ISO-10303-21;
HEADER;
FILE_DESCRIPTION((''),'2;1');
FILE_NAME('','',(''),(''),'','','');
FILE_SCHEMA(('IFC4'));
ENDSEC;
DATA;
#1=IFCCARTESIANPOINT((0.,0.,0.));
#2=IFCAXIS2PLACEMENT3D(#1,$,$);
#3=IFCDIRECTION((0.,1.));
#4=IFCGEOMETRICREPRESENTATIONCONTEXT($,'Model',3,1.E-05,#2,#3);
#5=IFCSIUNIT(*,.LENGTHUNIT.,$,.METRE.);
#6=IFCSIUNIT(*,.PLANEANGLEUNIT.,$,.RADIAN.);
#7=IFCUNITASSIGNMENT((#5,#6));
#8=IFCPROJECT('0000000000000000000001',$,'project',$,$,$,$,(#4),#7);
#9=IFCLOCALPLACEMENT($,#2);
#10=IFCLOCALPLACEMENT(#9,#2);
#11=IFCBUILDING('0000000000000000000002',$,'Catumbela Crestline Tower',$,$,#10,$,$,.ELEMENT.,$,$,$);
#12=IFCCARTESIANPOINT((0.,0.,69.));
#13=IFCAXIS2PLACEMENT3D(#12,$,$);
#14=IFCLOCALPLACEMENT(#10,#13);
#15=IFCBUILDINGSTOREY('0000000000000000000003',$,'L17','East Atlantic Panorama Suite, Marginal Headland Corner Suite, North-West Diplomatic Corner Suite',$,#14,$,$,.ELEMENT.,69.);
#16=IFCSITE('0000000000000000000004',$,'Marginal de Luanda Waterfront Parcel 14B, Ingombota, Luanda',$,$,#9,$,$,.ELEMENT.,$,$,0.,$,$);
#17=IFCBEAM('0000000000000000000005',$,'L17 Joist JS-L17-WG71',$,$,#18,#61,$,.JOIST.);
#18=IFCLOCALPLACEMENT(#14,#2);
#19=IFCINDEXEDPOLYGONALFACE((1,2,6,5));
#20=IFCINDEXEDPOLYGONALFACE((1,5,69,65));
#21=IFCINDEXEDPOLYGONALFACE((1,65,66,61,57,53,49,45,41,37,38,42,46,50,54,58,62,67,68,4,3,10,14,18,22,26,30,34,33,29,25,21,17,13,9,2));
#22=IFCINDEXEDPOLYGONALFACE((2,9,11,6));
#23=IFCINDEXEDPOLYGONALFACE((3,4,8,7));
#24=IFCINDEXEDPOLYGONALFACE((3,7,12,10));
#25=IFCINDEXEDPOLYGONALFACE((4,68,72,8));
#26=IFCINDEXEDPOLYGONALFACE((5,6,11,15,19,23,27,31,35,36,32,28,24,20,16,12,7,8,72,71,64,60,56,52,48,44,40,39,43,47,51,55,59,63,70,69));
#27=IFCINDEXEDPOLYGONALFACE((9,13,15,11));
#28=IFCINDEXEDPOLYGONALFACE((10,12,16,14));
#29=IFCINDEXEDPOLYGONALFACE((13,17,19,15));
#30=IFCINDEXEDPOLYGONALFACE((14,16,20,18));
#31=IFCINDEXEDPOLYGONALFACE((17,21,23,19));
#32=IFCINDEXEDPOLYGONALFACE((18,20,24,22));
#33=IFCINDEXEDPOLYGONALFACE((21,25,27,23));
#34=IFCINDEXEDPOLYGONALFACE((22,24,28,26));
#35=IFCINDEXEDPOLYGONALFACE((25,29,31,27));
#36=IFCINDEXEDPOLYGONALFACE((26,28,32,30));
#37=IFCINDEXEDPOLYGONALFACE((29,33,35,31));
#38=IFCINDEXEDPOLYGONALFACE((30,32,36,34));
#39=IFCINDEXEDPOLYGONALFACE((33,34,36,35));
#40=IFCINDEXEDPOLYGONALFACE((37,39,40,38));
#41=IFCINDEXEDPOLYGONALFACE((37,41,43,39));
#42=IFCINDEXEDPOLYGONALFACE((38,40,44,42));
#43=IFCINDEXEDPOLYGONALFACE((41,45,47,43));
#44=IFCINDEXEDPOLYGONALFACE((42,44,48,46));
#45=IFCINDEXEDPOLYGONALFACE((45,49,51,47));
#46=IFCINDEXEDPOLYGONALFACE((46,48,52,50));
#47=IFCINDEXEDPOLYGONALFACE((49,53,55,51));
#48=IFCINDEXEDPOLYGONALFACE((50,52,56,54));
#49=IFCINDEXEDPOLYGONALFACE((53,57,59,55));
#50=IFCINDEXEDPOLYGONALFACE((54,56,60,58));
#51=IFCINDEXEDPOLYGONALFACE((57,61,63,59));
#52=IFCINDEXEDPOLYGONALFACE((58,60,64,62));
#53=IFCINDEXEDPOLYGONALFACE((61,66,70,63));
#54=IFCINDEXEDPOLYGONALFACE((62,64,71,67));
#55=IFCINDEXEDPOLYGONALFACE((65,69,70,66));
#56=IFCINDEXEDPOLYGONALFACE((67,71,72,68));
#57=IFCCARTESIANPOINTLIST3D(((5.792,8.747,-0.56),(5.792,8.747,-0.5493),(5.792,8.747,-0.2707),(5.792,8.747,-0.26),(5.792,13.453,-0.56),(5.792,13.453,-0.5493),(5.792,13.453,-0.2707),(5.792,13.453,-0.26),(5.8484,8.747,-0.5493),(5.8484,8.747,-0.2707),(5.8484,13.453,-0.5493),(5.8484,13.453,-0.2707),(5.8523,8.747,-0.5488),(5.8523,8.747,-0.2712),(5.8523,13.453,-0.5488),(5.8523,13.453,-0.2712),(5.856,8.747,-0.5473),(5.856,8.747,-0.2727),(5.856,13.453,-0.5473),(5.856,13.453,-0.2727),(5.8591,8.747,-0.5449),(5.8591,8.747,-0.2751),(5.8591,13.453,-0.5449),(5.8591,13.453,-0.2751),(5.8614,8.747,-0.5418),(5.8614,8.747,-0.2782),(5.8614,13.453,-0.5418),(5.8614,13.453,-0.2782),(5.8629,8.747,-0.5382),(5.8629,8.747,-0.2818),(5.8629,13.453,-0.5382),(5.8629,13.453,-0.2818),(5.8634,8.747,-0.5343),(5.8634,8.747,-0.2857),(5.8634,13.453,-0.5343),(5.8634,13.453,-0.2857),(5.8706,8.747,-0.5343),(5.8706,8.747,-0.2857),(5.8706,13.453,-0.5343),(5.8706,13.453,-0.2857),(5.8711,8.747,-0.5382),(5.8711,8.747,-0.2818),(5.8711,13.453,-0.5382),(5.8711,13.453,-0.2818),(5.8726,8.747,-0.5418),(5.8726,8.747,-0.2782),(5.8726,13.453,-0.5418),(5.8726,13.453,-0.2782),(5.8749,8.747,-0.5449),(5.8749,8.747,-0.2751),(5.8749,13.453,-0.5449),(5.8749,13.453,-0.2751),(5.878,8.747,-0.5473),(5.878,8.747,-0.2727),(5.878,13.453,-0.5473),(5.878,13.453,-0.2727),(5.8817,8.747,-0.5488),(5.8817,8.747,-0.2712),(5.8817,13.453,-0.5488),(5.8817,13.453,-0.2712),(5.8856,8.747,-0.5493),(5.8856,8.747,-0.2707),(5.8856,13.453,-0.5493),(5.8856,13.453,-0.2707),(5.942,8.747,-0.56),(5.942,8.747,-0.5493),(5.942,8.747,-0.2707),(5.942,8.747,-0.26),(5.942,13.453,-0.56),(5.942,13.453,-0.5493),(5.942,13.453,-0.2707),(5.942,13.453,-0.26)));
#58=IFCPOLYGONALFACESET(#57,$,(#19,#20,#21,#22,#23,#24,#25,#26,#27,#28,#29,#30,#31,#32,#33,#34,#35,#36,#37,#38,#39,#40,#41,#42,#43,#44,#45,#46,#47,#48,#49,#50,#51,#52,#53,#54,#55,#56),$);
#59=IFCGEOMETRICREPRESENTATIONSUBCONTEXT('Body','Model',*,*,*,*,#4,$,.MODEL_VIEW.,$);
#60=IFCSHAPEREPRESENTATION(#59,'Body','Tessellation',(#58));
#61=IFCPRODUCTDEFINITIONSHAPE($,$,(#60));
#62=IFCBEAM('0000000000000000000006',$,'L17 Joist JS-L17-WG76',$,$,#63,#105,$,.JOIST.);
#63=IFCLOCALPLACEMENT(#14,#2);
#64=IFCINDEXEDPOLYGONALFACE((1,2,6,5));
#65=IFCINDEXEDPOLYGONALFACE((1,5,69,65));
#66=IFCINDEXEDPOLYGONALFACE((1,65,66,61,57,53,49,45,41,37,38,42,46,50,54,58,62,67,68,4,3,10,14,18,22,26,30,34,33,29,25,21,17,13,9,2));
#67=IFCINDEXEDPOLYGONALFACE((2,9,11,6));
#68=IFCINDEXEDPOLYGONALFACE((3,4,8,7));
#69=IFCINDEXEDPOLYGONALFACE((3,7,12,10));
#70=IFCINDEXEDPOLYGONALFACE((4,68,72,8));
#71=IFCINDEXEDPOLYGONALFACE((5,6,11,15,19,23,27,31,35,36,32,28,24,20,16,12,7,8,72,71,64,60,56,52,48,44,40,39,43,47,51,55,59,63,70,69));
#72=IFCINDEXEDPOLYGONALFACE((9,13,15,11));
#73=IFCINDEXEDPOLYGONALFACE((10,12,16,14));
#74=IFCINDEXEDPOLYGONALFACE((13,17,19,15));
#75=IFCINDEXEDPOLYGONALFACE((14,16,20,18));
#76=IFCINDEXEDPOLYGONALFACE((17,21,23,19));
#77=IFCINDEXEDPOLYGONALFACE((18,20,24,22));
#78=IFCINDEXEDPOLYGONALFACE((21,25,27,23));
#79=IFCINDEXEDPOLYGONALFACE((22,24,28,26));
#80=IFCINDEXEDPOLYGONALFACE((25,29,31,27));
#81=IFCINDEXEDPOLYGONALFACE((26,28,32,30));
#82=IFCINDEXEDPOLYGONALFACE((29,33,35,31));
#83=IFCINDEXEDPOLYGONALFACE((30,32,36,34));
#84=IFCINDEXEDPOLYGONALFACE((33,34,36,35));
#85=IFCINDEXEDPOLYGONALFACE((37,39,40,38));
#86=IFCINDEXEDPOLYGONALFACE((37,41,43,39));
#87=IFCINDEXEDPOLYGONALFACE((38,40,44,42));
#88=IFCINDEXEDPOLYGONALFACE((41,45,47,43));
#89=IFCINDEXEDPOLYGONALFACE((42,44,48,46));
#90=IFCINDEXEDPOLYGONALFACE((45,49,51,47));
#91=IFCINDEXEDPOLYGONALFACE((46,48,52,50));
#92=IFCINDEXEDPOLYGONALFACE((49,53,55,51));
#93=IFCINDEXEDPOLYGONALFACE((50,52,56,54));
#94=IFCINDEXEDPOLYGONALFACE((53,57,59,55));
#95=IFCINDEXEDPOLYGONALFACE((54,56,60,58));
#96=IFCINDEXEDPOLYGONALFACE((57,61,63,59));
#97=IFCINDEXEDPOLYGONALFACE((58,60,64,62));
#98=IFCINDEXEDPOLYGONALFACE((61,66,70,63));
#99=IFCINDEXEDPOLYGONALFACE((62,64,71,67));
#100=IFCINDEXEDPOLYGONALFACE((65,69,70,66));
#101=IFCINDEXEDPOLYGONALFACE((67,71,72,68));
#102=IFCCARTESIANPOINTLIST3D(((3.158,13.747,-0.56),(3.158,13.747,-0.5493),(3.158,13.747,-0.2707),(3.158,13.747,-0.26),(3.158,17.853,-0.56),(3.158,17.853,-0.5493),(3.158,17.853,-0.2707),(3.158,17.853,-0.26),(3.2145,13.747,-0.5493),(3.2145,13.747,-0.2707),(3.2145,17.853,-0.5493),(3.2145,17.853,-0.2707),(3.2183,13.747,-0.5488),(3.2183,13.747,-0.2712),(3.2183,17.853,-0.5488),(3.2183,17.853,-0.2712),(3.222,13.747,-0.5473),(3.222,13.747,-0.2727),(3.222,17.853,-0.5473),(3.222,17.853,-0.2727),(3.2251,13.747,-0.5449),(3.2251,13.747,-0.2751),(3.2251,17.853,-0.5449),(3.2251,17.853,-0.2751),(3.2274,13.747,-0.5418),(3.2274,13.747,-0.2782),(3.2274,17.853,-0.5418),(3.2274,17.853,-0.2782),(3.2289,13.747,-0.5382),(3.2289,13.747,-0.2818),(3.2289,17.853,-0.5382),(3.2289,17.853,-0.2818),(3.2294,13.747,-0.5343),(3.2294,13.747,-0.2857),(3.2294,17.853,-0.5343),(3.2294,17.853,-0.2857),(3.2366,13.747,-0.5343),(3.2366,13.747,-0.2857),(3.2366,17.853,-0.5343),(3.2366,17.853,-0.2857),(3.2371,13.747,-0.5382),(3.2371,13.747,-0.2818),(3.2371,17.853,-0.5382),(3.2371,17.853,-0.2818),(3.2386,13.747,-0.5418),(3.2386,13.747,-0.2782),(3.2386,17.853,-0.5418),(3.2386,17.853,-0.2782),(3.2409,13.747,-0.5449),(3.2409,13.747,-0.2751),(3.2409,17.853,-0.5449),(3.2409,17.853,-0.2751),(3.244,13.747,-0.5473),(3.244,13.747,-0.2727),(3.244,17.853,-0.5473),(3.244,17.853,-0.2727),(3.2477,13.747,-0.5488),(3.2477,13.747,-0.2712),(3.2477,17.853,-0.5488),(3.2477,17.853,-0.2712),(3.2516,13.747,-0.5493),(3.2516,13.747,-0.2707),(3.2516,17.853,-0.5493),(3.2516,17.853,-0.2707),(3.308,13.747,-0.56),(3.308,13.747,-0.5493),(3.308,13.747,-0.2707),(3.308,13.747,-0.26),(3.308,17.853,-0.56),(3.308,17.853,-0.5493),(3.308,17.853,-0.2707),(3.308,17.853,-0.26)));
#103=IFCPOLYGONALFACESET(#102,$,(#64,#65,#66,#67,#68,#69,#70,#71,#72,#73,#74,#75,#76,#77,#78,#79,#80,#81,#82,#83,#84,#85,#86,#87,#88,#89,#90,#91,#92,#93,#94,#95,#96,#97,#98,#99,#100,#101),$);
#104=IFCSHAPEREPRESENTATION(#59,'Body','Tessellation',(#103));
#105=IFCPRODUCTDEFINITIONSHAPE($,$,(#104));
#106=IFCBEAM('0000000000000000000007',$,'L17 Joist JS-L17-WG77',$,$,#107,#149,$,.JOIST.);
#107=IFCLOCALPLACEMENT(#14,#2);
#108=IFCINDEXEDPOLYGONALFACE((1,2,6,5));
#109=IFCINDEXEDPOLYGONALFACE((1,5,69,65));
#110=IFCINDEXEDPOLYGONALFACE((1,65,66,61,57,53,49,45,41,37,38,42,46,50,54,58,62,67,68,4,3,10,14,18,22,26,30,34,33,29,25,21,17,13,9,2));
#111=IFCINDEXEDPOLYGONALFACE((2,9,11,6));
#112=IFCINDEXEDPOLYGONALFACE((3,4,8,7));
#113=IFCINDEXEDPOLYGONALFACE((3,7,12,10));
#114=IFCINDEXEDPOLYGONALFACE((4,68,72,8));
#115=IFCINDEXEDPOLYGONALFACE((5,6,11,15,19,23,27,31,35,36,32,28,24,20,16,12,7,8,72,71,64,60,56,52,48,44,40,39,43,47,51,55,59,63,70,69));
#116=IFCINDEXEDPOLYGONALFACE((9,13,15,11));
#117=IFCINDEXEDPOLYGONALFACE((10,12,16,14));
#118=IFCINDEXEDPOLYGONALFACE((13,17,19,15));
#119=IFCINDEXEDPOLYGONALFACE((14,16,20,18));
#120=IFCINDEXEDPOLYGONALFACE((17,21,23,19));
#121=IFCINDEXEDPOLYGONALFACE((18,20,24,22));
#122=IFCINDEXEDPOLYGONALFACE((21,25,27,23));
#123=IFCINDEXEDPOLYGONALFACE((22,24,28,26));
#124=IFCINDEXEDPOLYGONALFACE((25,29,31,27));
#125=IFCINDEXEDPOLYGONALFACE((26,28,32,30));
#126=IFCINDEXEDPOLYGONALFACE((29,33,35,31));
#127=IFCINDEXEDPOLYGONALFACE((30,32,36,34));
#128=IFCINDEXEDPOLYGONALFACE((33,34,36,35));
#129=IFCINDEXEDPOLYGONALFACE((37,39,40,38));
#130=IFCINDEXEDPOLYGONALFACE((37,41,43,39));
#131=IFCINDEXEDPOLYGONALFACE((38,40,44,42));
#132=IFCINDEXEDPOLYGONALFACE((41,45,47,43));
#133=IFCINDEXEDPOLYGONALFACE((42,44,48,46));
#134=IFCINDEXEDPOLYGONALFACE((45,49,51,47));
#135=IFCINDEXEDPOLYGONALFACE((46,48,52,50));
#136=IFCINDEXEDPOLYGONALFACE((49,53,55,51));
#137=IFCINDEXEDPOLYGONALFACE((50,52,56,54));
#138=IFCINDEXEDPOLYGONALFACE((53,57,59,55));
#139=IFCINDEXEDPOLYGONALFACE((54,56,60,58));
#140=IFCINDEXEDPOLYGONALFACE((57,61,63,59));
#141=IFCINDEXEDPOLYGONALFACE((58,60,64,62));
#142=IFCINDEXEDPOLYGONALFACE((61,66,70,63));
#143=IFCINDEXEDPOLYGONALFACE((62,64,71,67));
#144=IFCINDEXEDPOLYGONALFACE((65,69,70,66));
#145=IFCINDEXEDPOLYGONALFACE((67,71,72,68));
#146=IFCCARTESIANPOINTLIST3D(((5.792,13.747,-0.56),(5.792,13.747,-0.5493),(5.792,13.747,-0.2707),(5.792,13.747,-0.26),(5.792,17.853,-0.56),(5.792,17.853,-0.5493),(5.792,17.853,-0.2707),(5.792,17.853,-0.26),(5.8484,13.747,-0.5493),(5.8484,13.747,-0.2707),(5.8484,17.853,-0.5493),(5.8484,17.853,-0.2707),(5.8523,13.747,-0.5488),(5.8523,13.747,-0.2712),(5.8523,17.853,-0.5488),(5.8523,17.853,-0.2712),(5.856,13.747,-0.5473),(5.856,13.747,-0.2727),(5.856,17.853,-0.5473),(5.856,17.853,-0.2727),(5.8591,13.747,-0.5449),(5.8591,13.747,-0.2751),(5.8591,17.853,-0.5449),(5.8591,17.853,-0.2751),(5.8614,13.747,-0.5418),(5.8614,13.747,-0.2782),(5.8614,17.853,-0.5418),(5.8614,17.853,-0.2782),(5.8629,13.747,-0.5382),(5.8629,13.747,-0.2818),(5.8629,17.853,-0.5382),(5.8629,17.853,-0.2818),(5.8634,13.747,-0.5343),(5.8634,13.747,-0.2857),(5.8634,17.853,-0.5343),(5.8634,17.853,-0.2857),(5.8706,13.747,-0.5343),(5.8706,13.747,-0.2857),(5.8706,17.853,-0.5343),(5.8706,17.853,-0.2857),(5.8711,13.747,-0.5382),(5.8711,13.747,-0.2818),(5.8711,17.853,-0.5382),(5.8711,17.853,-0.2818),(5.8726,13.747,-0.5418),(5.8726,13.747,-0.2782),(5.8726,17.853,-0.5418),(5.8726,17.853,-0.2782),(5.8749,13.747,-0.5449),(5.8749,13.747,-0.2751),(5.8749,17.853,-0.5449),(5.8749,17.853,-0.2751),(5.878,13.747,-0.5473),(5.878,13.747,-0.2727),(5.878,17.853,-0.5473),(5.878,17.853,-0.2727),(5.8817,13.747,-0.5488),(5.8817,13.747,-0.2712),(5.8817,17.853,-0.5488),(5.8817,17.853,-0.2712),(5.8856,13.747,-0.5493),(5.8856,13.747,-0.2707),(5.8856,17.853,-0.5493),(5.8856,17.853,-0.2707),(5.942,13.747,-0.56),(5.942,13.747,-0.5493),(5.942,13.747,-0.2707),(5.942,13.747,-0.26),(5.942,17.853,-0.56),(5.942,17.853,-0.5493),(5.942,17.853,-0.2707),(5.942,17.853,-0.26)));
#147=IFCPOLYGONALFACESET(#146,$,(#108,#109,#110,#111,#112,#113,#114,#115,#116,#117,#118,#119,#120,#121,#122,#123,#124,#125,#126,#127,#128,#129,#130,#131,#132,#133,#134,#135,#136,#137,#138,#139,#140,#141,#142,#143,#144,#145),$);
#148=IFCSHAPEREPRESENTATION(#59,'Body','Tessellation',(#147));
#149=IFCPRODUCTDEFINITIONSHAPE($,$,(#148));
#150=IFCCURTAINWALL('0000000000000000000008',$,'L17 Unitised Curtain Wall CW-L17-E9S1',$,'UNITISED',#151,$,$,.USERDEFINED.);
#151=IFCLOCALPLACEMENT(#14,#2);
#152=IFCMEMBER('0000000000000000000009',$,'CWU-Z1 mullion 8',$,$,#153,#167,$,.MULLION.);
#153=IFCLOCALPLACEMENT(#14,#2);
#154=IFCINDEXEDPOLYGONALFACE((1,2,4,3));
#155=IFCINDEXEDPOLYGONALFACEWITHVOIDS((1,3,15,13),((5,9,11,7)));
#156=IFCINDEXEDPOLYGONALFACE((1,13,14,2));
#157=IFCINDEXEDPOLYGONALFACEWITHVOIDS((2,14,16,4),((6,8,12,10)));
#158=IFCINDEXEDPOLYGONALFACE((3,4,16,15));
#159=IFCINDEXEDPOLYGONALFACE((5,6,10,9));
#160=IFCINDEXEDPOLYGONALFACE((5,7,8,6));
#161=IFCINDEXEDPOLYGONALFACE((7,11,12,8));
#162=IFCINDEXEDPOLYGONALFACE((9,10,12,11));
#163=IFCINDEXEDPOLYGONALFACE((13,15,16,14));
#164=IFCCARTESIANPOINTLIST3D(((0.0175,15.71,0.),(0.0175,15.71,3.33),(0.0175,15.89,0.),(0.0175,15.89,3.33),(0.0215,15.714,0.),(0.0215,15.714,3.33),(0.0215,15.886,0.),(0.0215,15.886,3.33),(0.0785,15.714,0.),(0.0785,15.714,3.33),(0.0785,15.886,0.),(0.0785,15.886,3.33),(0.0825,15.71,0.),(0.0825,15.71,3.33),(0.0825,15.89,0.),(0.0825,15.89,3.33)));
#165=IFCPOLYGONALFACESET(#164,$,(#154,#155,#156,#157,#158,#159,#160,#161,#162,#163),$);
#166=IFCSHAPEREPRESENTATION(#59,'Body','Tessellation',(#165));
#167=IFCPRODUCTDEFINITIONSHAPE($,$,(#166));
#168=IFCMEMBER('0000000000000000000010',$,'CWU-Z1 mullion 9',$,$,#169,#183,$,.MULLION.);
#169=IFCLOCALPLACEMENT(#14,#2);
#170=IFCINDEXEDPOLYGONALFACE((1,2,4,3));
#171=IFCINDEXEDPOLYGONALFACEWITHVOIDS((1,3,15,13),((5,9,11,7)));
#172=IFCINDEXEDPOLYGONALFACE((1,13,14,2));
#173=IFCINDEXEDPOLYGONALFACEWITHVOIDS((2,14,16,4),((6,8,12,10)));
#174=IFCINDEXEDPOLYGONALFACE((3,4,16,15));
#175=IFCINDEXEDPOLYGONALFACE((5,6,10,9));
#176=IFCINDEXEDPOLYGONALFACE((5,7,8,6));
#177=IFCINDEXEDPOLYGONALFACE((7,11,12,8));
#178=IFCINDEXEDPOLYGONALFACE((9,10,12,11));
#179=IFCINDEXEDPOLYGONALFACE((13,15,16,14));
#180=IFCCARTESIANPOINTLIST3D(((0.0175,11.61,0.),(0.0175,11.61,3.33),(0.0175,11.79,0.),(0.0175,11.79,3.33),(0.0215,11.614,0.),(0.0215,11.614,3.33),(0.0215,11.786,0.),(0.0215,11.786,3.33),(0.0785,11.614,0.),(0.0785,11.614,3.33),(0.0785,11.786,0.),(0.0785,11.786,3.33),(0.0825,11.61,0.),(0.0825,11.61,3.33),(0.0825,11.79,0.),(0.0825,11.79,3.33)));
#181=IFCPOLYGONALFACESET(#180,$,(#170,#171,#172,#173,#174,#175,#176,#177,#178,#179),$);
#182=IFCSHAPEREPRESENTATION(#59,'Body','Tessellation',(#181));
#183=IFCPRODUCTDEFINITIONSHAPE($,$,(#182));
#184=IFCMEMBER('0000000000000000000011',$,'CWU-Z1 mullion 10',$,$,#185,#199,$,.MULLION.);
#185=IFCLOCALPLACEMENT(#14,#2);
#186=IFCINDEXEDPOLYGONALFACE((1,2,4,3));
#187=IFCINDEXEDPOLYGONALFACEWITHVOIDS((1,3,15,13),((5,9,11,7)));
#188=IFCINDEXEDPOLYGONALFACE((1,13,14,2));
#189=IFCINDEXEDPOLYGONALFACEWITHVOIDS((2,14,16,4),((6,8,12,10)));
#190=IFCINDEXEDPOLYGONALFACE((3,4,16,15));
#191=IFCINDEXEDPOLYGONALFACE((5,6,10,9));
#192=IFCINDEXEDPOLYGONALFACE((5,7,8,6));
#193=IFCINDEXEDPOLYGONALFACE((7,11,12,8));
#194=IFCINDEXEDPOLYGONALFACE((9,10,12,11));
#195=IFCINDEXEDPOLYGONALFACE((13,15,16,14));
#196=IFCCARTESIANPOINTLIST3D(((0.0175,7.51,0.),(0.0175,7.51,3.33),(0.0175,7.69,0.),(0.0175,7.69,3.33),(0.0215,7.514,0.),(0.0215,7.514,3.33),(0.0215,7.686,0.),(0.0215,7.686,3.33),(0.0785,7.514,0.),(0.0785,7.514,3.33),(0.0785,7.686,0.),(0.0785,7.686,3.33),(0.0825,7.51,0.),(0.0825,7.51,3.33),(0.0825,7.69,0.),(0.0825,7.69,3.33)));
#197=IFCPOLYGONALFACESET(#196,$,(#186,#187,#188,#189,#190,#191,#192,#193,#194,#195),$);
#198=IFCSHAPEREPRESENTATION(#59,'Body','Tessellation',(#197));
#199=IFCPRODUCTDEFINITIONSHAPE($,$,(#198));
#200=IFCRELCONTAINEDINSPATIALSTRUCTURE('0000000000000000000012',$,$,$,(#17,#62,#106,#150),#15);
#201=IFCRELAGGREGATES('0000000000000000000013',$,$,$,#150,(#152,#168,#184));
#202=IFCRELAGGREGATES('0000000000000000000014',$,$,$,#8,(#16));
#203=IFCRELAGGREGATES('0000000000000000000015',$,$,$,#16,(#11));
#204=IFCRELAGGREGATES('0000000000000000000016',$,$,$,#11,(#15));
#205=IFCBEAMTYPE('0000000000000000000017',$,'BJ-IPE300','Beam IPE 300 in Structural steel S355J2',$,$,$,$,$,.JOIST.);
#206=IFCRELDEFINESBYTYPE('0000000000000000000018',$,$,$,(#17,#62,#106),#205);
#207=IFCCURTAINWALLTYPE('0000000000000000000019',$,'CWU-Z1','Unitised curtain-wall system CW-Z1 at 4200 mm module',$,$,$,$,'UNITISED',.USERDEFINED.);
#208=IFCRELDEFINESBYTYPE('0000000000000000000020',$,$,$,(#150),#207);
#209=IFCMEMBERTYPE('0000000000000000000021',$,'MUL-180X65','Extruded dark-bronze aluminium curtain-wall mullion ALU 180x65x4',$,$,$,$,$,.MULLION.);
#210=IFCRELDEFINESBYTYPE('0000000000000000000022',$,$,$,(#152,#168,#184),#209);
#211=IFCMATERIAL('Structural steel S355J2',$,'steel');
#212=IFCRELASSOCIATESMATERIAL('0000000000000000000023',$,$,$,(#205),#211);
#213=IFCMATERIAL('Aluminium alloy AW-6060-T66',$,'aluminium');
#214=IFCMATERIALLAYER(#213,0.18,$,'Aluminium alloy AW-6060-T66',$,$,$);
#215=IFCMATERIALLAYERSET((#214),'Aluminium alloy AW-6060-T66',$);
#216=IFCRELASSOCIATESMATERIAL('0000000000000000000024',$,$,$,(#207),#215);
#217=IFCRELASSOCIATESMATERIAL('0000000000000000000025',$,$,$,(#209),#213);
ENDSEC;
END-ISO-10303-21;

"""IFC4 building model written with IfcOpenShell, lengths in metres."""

from ifc_helpers import new_model, si_unit, direction, frame, origin, origin_2d, place, context, subcontext, project, spatial, hollow_rectangle, i_section, extrude, material, layer, layer_set, material_profile, profile_set, type_object, element, aggregate, save


model = new_model("IFC4")

# Units and contexts
model_context = context("Model", 3, precision=1e-05, world=origin(), true_north=direction((0.0, 1.0)))
body_context = subcontext(model_context, "Body", "Model", "MODEL_VIEW")
ifc_project = project(units=[si_unit("LENGTHUNIT", "METRE"), si_unit("PLANEANGLEUNIT", "RADIAN")], contexts=[model_context])

# Site, building, storey
site_placement = place(None, origin())
site = spatial("IfcSite", under=ifc_project, at=site_placement, Name="Marginal de Luanda Waterfront Parcel 14B, Ingombota, Luanda", CompositionType="ELEMENT", RefElevation=0.0)
building_placement = place(site_placement, origin())
building = spatial("IfcBuilding", under=site, at=building_placement, Name="Catumbela Crestline Tower", CompositionType="ELEMENT")
storey_placement = place(building_placement, frame((0.0, 0.0, 69.0)))
storey = spatial("IfcBuildingStorey", under=building, at=storey_placement, Name="L17", Description="East Atlantic Panorama Suite, Marginal Headland Corner Suite, North-West Diplomatic Corner Suite", CompositionType="ELEMENT", Elevation=69.0)

# Beams
ifc_material_1 = material(Name="Structural steel S355J2", Category="steel")
ifc_material_profile_1 = material_profile(ifc_material_1, i_section(OverallWidth=0.15, OverallDepth=0.3, WebThickness=0.0071, FlangeThickness=0.0107, FilletRadius=0.015, at=origin_2d()), Name="IPE 300")
ifc_profile_set_1 = profile_set([ifc_material_profile_1], Name="Structural steel S355J2")
beam_type_1 = type_object("IfcBeamType", Name="BJ-IPE300", Description="Beam IPE 300 in Structural steel S355J2", PredefinedType="JOIST", material=ifc_profile_set_1)
for number, where, z_axis, x_axis, name in (
    (1, (5.867, 8.747, -0.41), (0.0, 1.0, 0.0), (-1.0, 0.0, 0.0), "L17 Joist JS-L17-WG71"),
):
    element("IfcBeam", number, at=place(storey_placement, frame(where, z_axis=z_axis, x_axis=x_axis)), inside=storey, type_object=beam_type_1, Name=name, PredefinedType="JOIST", context=body_context, shape_type="SweptSolid", body=[
        extrude(i_section(OverallWidth=0.15, OverallDepth=0.3, WebThickness=0.0071, FlangeThickness=0.0107, FilletRadius=0.015, at=origin_2d()), origin(), (0.0, 0.0, 1.0), 4.706),
    ])
for number, where, z_axis, x_axis, name in (
    (2, (3.233, 13.747, -0.41), (0.0, 1.0, 0.0), (-1.0, 0.0, 0.0), "L17 Joist JS-L17-WG76"),
    (3, (5.867, 13.747, -0.41), (0.0, 1.0, 0.0), (-1.0, 0.0, 0.0), "L17 Joist JS-L17-WG77"),
):
    element("IfcBeam", number, at=place(storey_placement, frame(where, z_axis=z_axis, x_axis=x_axis)), inside=storey, type_object=beam_type_1, Name=name, PredefinedType="JOIST", context=body_context, shape_type="SweptSolid", body=[
        extrude(i_section(OverallWidth=0.15, OverallDepth=0.3, WebThickness=0.0071, FlangeThickness=0.0107, FilletRadius=0.015, at=origin_2d()), origin(), (0.0, 0.0, 1.0), 4.106),
    ])

# Curtain wall, members
ifc_material_2 = material(Name="Aluminium alloy AW-6060-T66", Category="aluminium")
ifc_layer_1 = layer(ifc_material_2, 0.18, Name="Aluminium alloy AW-6060-T66")
ifc_layer_set_1 = layer_set([ifc_layer_1], Name="Aluminium alloy AW-6060-T66")
curtain_wall_type = type_object("IfcCurtainWallType", Name="CWU-Z1", Description="Unitised curtain-wall system CW-Z1 at 4200 mm module", ElementType="UNITISED", PredefinedType="USERDEFINED", material=ifc_layer_set_1)
curtain_wall_placement = place(storey_placement, origin())
curtain_wall = element("IfcCurtainWall", 4, at=curtain_wall_placement, inside=storey, type_object=curtain_wall_type, Name="L17 Unitised Curtain Wall CW-L17-E9S1", ObjectType="UNITISED", PredefinedType="USERDEFINED")
ifc_material_profile_2 = material_profile(ifc_material_2, hollow_rectangle(XDim=0.065, YDim=0.18, WallThickness=0.004, at=origin_2d()), Name="ALU 180x65x4")
ifc_profile_set_2 = profile_set([ifc_material_profile_2], Name="Aluminium alloy AW-6060-T66")
member_type_1 = type_object("IfcMemberType", Name="MUL-180X65", Description="Extruded dark-bronze aluminium curtain-wall mullion ALU 180x65x4", PredefinedType="MULLION", material=ifc_profile_set_2)
member_1_placement = place(storey_placement, frame((0.05, 15.8, 0.0), z_axis=(0.0, 0.0, 1.0), x_axis=(1.0, 0.0, 0.0)))
member_1 = element("IfcMember", 5, at=member_1_placement, type_object=member_type_1, Name="CWU-Z1 mullion 8", PredefinedType="MULLION", context=body_context, shape_type="SweptSolid", body=[
    extrude(hollow_rectangle(XDim=0.065, YDim=0.18, WallThickness=0.004, at=origin_2d()), origin(), (0.0, 0.0, 1.0), 3.33),
])
member_2_placement = place(storey_placement, frame((0.05, 11.7, 0.0), z_axis=(0.0, 0.0, 1.0), x_axis=(1.0, 0.0, 0.0)))
member_2 = element("IfcMember", 6, at=member_2_placement, type_object=member_type_1, Name="CWU-Z1 mullion 9", PredefinedType="MULLION", context=body_context, shape_type="SweptSolid", body=[
    extrude(hollow_rectangle(XDim=0.065, YDim=0.18, WallThickness=0.004, at=origin_2d()), origin(), (0.0, 0.0, 1.0), 3.33),
])
member_3_placement = place(storey_placement, frame((0.05, 7.6, 0.0), z_axis=(0.0, 0.0, 1.0), x_axis=(1.0, 0.0, 0.0)))
member_3 = element("IfcMember", 7, at=member_3_placement, type_object=member_type_1, Name="CWU-Z1 mullion 10", PredefinedType="MULLION", context=body_context, shape_type="SweptSolid", body=[
    extrude(hollow_rectangle(XDim=0.065, YDim=0.18, WallThickness=0.004, at=origin_2d()), origin(), (0.0, 0.0, 1.0), 3.33),
])

aggregate(curtain_wall, [member_1, member_2, member_3])

save(model, "model.ifc")
